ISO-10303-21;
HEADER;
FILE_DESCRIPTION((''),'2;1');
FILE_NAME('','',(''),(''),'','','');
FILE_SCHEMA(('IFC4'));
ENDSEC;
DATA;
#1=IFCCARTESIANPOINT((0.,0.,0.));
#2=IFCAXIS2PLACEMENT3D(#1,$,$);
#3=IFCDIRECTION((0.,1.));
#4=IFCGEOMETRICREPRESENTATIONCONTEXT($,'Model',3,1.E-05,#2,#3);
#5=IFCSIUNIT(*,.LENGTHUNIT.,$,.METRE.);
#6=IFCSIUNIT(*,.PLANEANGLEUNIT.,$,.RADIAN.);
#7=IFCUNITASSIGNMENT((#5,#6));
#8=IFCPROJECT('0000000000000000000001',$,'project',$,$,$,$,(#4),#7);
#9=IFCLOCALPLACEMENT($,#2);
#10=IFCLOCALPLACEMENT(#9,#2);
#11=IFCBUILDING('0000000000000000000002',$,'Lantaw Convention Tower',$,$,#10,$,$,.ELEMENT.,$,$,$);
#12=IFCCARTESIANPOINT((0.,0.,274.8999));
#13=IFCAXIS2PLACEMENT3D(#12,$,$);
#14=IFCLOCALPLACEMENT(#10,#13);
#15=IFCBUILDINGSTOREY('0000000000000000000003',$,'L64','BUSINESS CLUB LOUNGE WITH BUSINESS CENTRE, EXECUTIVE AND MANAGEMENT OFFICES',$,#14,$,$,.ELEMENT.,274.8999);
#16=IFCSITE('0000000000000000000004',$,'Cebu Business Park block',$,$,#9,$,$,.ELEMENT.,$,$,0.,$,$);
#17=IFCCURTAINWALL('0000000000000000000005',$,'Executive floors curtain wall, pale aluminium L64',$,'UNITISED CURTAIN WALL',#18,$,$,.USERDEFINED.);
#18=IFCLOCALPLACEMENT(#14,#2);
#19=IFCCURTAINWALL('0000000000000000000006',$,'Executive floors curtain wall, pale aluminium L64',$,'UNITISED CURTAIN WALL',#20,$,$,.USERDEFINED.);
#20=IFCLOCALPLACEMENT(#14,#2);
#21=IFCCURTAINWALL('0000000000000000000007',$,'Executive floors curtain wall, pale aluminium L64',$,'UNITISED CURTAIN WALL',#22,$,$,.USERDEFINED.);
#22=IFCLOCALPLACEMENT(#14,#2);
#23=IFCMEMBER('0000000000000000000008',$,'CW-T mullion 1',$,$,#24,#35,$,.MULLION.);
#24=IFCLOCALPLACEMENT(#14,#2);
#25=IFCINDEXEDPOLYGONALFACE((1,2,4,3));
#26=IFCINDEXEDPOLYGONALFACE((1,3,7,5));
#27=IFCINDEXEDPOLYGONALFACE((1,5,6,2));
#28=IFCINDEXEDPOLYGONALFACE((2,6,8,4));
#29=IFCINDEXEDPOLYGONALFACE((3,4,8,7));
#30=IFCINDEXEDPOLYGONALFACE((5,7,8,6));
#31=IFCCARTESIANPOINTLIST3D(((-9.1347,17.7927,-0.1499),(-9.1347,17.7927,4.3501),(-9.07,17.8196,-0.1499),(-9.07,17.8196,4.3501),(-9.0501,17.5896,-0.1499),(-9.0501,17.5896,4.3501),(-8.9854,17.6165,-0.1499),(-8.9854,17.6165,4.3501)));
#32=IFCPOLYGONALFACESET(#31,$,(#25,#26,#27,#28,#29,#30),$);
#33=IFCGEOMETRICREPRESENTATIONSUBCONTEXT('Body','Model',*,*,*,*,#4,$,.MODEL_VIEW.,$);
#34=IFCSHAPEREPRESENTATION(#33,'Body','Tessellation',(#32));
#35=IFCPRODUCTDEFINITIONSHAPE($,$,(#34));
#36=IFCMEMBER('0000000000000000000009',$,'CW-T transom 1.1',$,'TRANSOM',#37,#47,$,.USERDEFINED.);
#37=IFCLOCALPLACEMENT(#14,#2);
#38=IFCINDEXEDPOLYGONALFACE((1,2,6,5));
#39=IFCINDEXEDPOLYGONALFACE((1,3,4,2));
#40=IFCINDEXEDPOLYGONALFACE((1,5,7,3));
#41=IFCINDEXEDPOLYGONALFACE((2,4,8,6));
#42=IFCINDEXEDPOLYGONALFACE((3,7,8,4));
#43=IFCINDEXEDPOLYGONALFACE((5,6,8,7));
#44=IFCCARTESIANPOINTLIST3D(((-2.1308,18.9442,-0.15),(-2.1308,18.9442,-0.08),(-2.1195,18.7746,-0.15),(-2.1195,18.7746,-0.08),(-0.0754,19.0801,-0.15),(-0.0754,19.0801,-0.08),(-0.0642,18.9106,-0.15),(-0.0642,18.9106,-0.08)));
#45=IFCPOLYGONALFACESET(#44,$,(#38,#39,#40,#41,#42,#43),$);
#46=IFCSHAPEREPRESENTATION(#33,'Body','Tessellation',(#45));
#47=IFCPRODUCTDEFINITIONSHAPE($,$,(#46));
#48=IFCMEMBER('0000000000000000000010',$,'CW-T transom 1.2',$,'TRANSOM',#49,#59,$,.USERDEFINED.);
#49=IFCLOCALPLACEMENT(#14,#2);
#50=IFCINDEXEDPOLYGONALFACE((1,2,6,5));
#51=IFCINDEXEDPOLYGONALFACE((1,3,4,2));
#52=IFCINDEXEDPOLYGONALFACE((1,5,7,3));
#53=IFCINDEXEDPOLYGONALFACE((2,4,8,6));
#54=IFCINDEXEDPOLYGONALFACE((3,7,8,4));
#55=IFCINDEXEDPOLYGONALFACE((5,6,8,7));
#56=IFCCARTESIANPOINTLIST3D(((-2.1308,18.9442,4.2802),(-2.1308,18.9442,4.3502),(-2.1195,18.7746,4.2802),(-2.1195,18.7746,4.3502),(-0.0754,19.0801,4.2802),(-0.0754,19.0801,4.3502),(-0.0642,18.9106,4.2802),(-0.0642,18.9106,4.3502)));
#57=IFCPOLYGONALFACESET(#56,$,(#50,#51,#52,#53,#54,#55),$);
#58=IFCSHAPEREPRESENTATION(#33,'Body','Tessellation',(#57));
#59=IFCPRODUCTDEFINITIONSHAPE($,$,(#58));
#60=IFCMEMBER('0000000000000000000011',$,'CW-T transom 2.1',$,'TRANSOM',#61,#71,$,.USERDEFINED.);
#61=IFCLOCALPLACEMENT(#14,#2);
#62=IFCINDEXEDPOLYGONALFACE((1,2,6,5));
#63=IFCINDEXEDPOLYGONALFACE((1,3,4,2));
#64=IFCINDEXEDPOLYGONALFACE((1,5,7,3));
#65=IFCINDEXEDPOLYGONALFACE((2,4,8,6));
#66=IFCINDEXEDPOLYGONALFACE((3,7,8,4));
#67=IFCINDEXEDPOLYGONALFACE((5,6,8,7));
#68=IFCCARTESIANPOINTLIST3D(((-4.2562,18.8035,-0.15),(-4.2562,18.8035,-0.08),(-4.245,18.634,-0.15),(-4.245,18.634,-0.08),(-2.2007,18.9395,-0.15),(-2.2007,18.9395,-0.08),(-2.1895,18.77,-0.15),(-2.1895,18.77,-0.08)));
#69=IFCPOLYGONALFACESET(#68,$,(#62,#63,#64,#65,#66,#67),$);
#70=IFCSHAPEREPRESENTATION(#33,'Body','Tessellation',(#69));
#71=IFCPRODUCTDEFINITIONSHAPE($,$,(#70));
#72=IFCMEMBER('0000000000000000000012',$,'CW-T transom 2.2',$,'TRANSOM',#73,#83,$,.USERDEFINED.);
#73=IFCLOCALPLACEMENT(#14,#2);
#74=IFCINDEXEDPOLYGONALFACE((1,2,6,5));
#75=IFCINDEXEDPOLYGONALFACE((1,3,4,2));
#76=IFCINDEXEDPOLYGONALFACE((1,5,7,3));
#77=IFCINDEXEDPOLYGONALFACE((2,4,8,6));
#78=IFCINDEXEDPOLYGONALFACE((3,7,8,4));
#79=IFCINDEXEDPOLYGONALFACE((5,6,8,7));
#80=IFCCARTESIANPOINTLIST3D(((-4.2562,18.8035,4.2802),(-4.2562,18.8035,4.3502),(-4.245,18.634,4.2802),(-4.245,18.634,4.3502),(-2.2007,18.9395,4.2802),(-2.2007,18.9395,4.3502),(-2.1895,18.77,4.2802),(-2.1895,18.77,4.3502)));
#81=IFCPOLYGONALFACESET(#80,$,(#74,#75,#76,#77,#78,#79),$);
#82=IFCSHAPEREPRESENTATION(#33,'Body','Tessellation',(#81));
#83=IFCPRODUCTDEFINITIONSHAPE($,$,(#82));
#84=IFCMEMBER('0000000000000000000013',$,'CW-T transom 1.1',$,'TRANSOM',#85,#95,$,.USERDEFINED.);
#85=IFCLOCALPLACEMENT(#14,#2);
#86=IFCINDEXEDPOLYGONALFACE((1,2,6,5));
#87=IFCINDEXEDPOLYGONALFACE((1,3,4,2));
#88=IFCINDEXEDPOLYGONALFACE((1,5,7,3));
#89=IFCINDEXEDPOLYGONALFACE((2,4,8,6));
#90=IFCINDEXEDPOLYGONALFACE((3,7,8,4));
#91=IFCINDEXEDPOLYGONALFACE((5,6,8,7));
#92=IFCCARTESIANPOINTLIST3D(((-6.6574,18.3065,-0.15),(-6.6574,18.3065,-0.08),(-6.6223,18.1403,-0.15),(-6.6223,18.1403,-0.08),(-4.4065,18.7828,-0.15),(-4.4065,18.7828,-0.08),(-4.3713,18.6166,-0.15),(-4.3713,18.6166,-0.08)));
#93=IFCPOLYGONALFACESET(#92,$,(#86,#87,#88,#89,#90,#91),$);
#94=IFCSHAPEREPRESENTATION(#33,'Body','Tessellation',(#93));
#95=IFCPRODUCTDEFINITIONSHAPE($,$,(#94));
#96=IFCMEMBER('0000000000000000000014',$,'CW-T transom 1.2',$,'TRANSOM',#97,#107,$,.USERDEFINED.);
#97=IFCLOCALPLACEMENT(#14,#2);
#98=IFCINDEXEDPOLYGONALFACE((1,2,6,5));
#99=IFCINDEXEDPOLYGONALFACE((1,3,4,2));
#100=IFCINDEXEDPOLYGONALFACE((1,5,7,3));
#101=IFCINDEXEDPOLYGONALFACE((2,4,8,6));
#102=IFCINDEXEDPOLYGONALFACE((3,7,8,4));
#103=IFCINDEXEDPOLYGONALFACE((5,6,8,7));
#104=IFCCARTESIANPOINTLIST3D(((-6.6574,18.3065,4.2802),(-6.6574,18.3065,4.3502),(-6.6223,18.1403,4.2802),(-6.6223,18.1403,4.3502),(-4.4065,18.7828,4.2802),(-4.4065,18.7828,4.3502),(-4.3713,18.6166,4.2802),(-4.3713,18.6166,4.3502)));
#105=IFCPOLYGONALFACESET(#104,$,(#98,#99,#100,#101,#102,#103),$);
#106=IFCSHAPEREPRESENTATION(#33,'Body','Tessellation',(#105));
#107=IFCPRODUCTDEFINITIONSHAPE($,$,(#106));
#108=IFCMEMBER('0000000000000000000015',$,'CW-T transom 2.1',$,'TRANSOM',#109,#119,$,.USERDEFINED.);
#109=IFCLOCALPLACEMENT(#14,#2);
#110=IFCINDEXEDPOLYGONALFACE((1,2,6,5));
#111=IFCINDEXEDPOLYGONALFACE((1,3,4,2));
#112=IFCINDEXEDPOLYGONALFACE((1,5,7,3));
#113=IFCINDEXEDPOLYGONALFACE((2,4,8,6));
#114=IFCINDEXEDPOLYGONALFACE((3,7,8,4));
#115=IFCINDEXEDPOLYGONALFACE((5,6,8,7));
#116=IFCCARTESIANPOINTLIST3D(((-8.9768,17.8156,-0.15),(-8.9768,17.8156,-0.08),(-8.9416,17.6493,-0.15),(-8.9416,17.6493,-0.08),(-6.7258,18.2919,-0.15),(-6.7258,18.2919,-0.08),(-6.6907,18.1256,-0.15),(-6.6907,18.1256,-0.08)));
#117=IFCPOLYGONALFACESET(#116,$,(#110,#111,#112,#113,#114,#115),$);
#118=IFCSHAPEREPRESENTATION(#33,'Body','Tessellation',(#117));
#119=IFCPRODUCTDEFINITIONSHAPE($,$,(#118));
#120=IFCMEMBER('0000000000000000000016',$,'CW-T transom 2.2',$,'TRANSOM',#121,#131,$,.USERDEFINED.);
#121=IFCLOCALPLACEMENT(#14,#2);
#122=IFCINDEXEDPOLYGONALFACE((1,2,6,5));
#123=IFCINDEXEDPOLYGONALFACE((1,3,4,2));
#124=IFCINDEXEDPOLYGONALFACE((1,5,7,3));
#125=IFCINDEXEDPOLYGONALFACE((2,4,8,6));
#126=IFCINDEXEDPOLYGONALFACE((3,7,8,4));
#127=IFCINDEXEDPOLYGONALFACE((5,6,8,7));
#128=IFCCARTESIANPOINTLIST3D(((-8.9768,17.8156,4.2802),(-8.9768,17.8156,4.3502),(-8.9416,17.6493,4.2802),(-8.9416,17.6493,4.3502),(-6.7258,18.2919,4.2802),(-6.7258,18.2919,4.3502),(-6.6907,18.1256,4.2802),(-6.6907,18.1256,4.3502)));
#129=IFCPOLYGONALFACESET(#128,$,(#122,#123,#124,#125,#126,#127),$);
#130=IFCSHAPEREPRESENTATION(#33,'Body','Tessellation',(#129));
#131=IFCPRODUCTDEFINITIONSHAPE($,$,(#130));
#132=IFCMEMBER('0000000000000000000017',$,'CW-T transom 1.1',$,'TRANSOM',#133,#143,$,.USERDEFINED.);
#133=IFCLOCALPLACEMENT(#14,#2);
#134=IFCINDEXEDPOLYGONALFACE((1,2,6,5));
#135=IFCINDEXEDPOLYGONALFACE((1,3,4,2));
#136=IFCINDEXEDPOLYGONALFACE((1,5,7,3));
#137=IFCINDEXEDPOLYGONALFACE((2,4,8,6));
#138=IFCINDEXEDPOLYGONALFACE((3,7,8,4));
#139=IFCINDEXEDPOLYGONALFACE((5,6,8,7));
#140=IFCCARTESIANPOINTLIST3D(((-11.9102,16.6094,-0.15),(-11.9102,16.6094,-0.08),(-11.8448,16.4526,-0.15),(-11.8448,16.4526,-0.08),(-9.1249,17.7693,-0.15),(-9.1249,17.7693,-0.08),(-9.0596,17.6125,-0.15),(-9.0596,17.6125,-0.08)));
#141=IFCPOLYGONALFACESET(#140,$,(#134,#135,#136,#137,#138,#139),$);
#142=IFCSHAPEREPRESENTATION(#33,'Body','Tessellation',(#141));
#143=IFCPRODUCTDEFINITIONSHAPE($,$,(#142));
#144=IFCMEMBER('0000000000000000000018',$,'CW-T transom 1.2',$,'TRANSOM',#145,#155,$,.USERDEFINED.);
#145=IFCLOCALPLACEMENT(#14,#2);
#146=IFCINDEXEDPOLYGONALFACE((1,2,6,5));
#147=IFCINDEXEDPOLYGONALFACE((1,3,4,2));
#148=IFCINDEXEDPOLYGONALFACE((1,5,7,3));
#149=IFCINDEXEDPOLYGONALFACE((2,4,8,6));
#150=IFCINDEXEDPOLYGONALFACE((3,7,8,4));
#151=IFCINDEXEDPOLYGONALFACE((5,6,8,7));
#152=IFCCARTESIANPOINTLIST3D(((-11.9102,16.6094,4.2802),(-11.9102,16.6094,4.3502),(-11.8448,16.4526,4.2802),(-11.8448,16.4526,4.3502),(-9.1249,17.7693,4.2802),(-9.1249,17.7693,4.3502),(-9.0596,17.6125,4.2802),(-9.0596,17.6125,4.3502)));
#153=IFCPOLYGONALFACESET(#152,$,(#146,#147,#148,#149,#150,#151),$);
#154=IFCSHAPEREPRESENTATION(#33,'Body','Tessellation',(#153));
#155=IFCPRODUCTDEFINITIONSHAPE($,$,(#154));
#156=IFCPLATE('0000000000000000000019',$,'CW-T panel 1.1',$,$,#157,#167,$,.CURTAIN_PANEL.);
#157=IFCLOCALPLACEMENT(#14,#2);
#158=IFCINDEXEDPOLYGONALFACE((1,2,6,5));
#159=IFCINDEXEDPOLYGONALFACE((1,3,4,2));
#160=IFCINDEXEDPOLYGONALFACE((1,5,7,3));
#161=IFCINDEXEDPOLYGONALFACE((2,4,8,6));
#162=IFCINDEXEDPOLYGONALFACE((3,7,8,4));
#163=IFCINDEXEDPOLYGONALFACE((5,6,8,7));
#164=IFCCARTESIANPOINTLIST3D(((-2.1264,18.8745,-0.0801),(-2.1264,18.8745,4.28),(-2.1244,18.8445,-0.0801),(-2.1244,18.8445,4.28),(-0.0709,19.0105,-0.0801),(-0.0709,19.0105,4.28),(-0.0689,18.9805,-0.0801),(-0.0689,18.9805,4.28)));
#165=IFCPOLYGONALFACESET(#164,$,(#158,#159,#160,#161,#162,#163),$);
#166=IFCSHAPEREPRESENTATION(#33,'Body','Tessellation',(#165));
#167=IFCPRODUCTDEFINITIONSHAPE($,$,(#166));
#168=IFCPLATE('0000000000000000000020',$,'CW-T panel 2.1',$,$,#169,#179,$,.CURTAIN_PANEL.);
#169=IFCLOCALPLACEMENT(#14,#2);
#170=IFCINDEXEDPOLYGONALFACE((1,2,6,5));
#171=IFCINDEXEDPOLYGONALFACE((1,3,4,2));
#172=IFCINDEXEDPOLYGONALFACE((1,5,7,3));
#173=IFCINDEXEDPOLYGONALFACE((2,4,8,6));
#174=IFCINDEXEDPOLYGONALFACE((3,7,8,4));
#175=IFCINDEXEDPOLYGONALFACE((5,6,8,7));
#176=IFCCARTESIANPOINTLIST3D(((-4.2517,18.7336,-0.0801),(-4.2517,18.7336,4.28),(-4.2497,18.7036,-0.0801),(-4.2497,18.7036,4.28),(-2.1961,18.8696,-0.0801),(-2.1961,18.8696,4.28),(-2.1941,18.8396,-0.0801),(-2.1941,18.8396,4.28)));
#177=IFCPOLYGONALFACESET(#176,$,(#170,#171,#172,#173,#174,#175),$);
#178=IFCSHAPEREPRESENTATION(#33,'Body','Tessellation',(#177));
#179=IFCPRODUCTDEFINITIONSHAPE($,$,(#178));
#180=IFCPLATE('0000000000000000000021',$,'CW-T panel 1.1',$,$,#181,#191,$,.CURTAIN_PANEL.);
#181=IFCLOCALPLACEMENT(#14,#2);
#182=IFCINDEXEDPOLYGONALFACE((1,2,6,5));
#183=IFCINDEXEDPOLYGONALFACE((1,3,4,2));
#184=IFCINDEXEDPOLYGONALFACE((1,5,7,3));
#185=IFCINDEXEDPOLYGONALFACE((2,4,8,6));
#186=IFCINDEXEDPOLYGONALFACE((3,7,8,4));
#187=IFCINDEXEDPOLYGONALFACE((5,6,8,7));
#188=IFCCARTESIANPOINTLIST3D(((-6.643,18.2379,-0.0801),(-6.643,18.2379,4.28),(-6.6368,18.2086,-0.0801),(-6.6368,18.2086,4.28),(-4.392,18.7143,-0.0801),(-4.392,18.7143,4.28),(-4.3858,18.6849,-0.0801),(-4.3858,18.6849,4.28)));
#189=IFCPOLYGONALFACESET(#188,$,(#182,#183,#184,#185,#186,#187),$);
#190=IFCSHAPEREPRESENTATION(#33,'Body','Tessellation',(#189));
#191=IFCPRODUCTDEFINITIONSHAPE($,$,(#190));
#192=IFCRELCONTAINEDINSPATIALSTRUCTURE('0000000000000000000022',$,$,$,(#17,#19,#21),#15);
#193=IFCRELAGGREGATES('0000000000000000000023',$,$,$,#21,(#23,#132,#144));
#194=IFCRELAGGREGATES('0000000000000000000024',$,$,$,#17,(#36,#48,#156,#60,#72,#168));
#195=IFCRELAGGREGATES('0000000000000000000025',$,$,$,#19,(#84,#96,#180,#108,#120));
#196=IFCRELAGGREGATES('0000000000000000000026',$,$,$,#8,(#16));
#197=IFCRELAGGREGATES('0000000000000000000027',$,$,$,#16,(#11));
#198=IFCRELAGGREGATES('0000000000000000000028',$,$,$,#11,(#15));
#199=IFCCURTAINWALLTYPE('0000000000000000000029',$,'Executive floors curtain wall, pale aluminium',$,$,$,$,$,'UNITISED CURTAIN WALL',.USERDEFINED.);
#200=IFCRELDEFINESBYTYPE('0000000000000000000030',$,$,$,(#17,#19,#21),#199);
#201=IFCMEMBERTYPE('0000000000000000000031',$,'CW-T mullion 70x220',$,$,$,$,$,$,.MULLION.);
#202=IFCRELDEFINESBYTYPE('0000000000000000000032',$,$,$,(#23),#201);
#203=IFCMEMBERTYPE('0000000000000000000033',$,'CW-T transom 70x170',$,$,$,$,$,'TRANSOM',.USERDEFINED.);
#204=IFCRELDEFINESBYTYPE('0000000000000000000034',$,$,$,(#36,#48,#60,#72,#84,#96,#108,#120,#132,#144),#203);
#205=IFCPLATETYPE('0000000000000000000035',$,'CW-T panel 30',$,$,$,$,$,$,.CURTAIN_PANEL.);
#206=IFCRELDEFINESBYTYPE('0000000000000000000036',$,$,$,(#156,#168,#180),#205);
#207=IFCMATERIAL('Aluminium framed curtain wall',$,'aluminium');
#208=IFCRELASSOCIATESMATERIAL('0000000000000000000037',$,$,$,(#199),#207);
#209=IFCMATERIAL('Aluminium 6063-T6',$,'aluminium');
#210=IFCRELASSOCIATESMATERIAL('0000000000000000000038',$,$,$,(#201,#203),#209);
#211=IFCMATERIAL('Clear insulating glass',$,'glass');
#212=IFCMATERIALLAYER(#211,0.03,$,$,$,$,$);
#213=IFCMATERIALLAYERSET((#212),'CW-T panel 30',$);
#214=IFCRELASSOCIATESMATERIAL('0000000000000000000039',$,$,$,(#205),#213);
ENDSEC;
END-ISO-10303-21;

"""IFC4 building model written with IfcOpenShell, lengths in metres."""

from ifc_helpers import new_model, si_unit, direction, frame, origin, origin_2d, place, context, subcontext, project, spatial, rectangle, extrude, material, layer, layer_set, material_profile, profile_set, type_object, element, aggregate, save


model = new_model("IFC4")

# Units and contexts
model_context = context("Model", 3, precision=1e-05, world=origin(), true_north=direction((0.0, 1.0)))
body_context = subcontext(model_context, "Body", "Model", "MODEL_VIEW")
ifc_project = project(units=[si_unit("LENGTHUNIT", "METRE"), si_unit("PLANEANGLEUNIT", "RADIAN")], contexts=[model_context])

# Site, building, storey
site_placement = place(None, origin())
site = spatial("IfcSite", under=ifc_project, at=site_placement, Name="Cebu Business Park block", CompositionType="ELEMENT", RefElevation=0.0)
building_placement = place(site_placement, origin())
building = spatial("IfcBuilding", under=site, at=building_placement, Name="Lantaw Convention Tower", CompositionType="ELEMENT")
storey_placement = place(building_placement, frame((0.0, 0.0, 274.8999)))
storey = spatial("IfcBuildingStorey", under=building, at=storey_placement, Name="L64", Description="BUSINESS CLUB LOUNGE WITH BUSINESS CENTRE, EXECUTIVE AND MANAGEMENT OFFICES", CompositionType="ELEMENT", Elevation=274.8999)

# Curtain walls
ifc_material_1 = material(Name="Aluminium framed curtain wall", Category="aluminium")
curtain_wall_type = type_object("IfcCurtainWallType", Name="Executive floors curtain wall, pale aluminium", ElementType="UNITISED CURTAIN WALL", PredefinedType="USERDEFINED", material=ifc_material_1)
curtain_wall_1_placement = place(storey_placement, origin())
curtain_wall_1 = element("IfcCurtainWall", 1, at=curtain_wall_1_placement, inside=storey, type_object=curtain_wall_type, Name="Executive floors curtain wall, pale aluminium L64", ObjectType="UNITISED CURTAIN WALL", PredefinedType="USERDEFINED")
ifc_material_2 = material(Name="Aluminium 6063-T6", Category="aluminium")
ifc_material_profile_1 = material_profile(ifc_material_2, rectangle(XDim=0.22, YDim=0.0701, at=origin_2d()), Name="CW-T mullion 70x220")
ifc_profile_set_1 = profile_set([ifc_material_profile_1], Name="Aluminium 6063-T6")
member_type_1 = type_object("IfcMemberType", Name="CW-T mullion 70x220", PredefinedType="MULLION", material=ifc_profile_set_1)
curtain_wall_2_placement = place(storey_placement, origin())
curtain_wall_2 = element("IfcCurtainWall", 2, at=curtain_wall_2_placement, inside=storey, type_object=curtain_wall_type, Name="Executive floors curtain wall, pale aluminium L64", ObjectType="UNITISED CURTAIN WALL", PredefinedType="USERDEFINED")

# Curtain wall, member
curtain_wall_3_placement = place(storey_placement, origin())
curtain_wall_3 = element("IfcCurtainWall", 3, at=curtain_wall_3_placement, inside=storey, type_object=curtain_wall_type, Name="Executive floors curtain wall, pale aluminium L64", ObjectType="UNITISED CURTAIN WALL", PredefinedType="USERDEFINED")
member_1_placement = place(storey_placement, frame((-9.0601, 17.7046, -0.1499), z_axis=(0.0, 0.0, 1.0), x_axis=(0.38446, -0.923142, 0.0)))
member_1 = element("IfcMember", 4, at=member_1_placement, type_object=member_type_1, Name="CW-T mullion 1", PredefinedType="MULLION", context=body_context, shape_type="SweptSolid", body=[
    extrude(rectangle(XDim=0.22, YDim=0.0701, at=origin_2d()), origin(), (0.0, 0.0, 1.0), 4.5),
])

# Members
ifc_material_profile_2 = material_profile(ifc_material_2, rectangle(XDim=0.1699, YDim=0.0701, at=origin_2d()), Name="CW-T transom 70x170")
ifc_profile_set_2 = profile_set([ifc_material_profile_2], Name="Aluminium 6063-T6")
member_type_2 = type_object("IfcMemberType", Name="CW-T transom 70x170", ElementType="TRANSOM", PredefinedType="USERDEFINED", material=ifc_profile_set_2)
member_2_placement = place(storey_placement, frame((-0.0698, 18.9954, -0.115), z_axis=(-0.997819, -0.066016, 0.0), x_axis=(0.066016, -0.997819, 0.0)))
member_2 = element("IfcMember", 5, at=member_2_placement, type_object=member_type_2, Name="CW-T transom 1.1", ObjectType="TRANSOM", PredefinedType="USERDEFINED", context=body_context, shape_type="SweptSolid", body=[
    extrude(rectangle(XDim=0.1699, YDim=0.0701, at=origin_2d()), origin(), (0.0, 0.0, 1.0), 2.0598),
])
member_3_placement = place(storey_placement, frame((-0.0698, 18.9954, 4.3152), z_axis=(-0.997819, -0.066016, 0.0), x_axis=(0.066016, -0.997819, 0.0)))
member_3 = element("IfcMember", 6, at=member_3_placement, type_object=member_type_2, Name="CW-T transom 1.2", ObjectType="TRANSOM", PredefinedType="USERDEFINED", context=body_context, shape_type="SweptSolid", body=[
    extrude(rectangle(XDim=0.1699, YDim=0.0701, at=origin_2d()), origin(), (0.0, 0.0, 1.0), 2.0598),
])
member_4_placement = place(storey_placement, frame((-2.1951, 18.8547, -0.115), z_axis=(-0.997819, -0.066008, 0.0), x_axis=(0.066008, -0.997819, 0.0)))
member_4 = element("IfcMember", 7, at=member_4_placement, type_object=member_type_2, Name="CW-T transom 2.1", ObjectType="TRANSOM", PredefinedType="USERDEFINED", context=body_context, shape_type="SweptSolid", body=[
    extrude(rectangle(XDim=0.1699, YDim=0.0701, at=origin_2d()), origin(), (0.0, 0.0, 1.0), 2.0601),
])
member_5_placement = place(storey_placement, frame((-2.1951, 18.8547, 4.3152), z_axis=(-0.997819, -0.066008, 0.0), x_axis=(0.066008, -0.997819, 0.0)))
member_5 = element("IfcMember", 8, at=member_5_placement, type_object=member_type_2, Name="CW-T transom 2.2", ObjectType="TRANSOM", PredefinedType="USERDEFINED", context=body_context, shape_type="SweptSolid", body=[
    extrude(rectangle(XDim=0.1699, YDim=0.0701, at=origin_2d()), origin(), (0.0, 0.0, 1.0), 2.0601),
])
member_6_placement = place(storey_placement, frame((-4.3889, 18.6997, -0.115), z_axis=(-0.978336, -0.207021, 0.0), x_axis=(0.207021, -0.978336, 0.0)))
member_6 = element("IfcMember", 9, at=member_6_placement, type_object=member_type_2, Name="CW-T transom 1.1", ObjectType="TRANSOM", PredefinedType="USERDEFINED", context=body_context, shape_type="SweptSolid", body=[
    extrude(rectangle(XDim=0.1699, YDim=0.0701, at=origin_2d()), origin(), (0.0, 0.0, 1.0), 2.3008),
])
member_7_placement = place(storey_placement, frame((-4.3889, 18.6997, 4.3152), z_axis=(-0.978336, -0.207021, 0.0), x_axis=(0.207021, -0.978336, 0.0)))
member_7 = element("IfcMember", 10, at=member_7_placement, type_object=member_type_2, Name="CW-T transom 1.2", ObjectType="TRANSOM", PredefinedType="USERDEFINED", context=body_context, shape_type="SweptSolid", body=[
    extrude(rectangle(XDim=0.1699, YDim=0.0701, at=origin_2d()), origin(), (0.0, 0.0, 1.0), 2.3008),
])
member_8_placement = place(storey_placement, frame((-6.7083, 18.2087, -0.115), z_axis=(-0.978336, -0.207021, 0.0), x_axis=(0.207021, -0.978336, 0.0)))
member_8 = element("IfcMember", 11, at=member_8_placement, type_object=member_type_2, Name="CW-T transom 2.1", ObjectType="TRANSOM", PredefinedType="USERDEFINED", context=body_context, shape_type="SweptSolid", body=[
    extrude(rectangle(XDim=0.1699, YDim=0.0701, at=origin_2d()), origin(), (0.0, 0.0, 1.0), 2.3008),
])
member_9_placement = place(storey_placement, frame((-6.7083, 18.2087, 4.3152), z_axis=(-0.978336, -0.207021, 0.0), x_axis=(0.207021, -0.978336, 0.0)))
member_9 = element("IfcMember", 12, at=member_9_placement, type_object=member_type_2, Name="CW-T transom 2.2", ObjectType="TRANSOM", PredefinedType="USERDEFINED", context=body_context, shape_type="SweptSolid", body=[
    extrude(rectangle(XDim=0.1699, YDim=0.0701, at=origin_2d()), origin(), (0.0, 0.0, 1.0), 2.3008),
])
member_10_placement = place(storey_placement, frame((-9.0923, 17.6909, -0.115), z_axis=(-0.923144, -0.384454, 0.0), x_axis=(0.384454, -0.923144, 0.0)))
member_10 = element("IfcMember", 13, at=member_10_placement, type_object=member_type_2, Name="CW-T transom 1.1", ObjectType="TRANSOM", PredefinedType="USERDEFINED", context=body_context, shape_type="SweptSolid", body=[
    extrude(rectangle(XDim=0.1699, YDim=0.0701, at=origin_2d()), origin(), (0.0, 0.0, 1.0), 3.0171),
])
member_11_placement = place(storey_placement, frame((-9.0923, 17.6909, 4.3152), z_axis=(-0.923144, -0.384454, 0.0), x_axis=(0.384454, -0.923144, 0.0)))
member_11 = element("IfcMember", 14, at=member_11_placement, type_object=member_type_2, Name="CW-T transom 1.2", ObjectType="TRANSOM", PredefinedType="USERDEFINED", context=body_context, shape_type="SweptSolid", body=[
    extrude(rectangle(XDim=0.1699, YDim=0.0701, at=origin_2d()), origin(), (0.0, 0.0, 1.0), 3.0171),
])
aggregate(curtain_wall_3, [member_1, member_10, member_11])

# Plates
ifc_material_3 = material(Name="Clear insulating glass", Category="glass")
ifc_layer_1 = layer(ifc_material_3, 0.03)
ifc_layer_set_1 = layer_set([ifc_layer_1], Name="CW-T panel 30")
plate_type_1 = type_object("IfcPlateType", Name="CW-T panel 30", PredefinedType="CURTAIN_PANEL", material=ifc_layer_set_1)
plate_1_placement = place(storey_placement, frame((-1.0977, 18.9275, -0.0801), z_axis=(0.0, 0.0, 1.0), x_axis=(-0.997818, -0.066025, 0.0)))
plate_1 = element("IfcPlate", 15, at=plate_1_placement, type_object=plate_type_1, Name="CW-T panel 1.1", PredefinedType="CURTAIN_PANEL", context=body_context, shape_type="SweptSolid", body=[
    extrude(rectangle(XDim=2.0601, YDim=0.03, at=origin_2d()), origin(), (0.0, 0.0, 1.0), 4.3601),
])
plate_2_placement = place(storey_placement, frame((-3.2229, 18.7866, -0.0801), z_axis=(0.0, 0.0, 1.0), x_axis=(-0.997818, -0.066025, 0.0)))
plate_2 = element("IfcPlate", 16, at=plate_2_placement, type_object=plate_type_1, Name="CW-T panel 2.1", PredefinedType="CURTAIN_PANEL", context=body_context, shape_type="SweptSolid", body=[
    extrude(rectangle(XDim=2.0601, YDim=0.03, at=origin_2d()), origin(), (0.0, 0.0, 1.0), 4.3601),
])
aggregate(curtain_wall_1, [member_2, member_3, plate_1, member_4, member_5, plate_2])
plate_3_placement = place(storey_placement, frame((-5.5144, 18.4614, -0.0801), z_axis=(0.0, 0.0, 1.0), x_axis=(-0.978332, -0.20704, 0.0)))
plate_3 = element("IfcPlate", 17, at=plate_3_placement, type_object=plate_type_1, Name="CW-T panel 1.1", PredefinedType="CURTAIN_PANEL", context=body_context, shape_type="SweptSolid", body=[
    extrude(rectangle(XDim=2.3008, YDim=0.03, at=origin_2d()), origin(), (0.0, 0.0, 1.0), 4.3601),
])
aggregate(curtain_wall_2, [member_6, member_7, plate_3, member_8, member_9])

save(model, "model.ifc")
